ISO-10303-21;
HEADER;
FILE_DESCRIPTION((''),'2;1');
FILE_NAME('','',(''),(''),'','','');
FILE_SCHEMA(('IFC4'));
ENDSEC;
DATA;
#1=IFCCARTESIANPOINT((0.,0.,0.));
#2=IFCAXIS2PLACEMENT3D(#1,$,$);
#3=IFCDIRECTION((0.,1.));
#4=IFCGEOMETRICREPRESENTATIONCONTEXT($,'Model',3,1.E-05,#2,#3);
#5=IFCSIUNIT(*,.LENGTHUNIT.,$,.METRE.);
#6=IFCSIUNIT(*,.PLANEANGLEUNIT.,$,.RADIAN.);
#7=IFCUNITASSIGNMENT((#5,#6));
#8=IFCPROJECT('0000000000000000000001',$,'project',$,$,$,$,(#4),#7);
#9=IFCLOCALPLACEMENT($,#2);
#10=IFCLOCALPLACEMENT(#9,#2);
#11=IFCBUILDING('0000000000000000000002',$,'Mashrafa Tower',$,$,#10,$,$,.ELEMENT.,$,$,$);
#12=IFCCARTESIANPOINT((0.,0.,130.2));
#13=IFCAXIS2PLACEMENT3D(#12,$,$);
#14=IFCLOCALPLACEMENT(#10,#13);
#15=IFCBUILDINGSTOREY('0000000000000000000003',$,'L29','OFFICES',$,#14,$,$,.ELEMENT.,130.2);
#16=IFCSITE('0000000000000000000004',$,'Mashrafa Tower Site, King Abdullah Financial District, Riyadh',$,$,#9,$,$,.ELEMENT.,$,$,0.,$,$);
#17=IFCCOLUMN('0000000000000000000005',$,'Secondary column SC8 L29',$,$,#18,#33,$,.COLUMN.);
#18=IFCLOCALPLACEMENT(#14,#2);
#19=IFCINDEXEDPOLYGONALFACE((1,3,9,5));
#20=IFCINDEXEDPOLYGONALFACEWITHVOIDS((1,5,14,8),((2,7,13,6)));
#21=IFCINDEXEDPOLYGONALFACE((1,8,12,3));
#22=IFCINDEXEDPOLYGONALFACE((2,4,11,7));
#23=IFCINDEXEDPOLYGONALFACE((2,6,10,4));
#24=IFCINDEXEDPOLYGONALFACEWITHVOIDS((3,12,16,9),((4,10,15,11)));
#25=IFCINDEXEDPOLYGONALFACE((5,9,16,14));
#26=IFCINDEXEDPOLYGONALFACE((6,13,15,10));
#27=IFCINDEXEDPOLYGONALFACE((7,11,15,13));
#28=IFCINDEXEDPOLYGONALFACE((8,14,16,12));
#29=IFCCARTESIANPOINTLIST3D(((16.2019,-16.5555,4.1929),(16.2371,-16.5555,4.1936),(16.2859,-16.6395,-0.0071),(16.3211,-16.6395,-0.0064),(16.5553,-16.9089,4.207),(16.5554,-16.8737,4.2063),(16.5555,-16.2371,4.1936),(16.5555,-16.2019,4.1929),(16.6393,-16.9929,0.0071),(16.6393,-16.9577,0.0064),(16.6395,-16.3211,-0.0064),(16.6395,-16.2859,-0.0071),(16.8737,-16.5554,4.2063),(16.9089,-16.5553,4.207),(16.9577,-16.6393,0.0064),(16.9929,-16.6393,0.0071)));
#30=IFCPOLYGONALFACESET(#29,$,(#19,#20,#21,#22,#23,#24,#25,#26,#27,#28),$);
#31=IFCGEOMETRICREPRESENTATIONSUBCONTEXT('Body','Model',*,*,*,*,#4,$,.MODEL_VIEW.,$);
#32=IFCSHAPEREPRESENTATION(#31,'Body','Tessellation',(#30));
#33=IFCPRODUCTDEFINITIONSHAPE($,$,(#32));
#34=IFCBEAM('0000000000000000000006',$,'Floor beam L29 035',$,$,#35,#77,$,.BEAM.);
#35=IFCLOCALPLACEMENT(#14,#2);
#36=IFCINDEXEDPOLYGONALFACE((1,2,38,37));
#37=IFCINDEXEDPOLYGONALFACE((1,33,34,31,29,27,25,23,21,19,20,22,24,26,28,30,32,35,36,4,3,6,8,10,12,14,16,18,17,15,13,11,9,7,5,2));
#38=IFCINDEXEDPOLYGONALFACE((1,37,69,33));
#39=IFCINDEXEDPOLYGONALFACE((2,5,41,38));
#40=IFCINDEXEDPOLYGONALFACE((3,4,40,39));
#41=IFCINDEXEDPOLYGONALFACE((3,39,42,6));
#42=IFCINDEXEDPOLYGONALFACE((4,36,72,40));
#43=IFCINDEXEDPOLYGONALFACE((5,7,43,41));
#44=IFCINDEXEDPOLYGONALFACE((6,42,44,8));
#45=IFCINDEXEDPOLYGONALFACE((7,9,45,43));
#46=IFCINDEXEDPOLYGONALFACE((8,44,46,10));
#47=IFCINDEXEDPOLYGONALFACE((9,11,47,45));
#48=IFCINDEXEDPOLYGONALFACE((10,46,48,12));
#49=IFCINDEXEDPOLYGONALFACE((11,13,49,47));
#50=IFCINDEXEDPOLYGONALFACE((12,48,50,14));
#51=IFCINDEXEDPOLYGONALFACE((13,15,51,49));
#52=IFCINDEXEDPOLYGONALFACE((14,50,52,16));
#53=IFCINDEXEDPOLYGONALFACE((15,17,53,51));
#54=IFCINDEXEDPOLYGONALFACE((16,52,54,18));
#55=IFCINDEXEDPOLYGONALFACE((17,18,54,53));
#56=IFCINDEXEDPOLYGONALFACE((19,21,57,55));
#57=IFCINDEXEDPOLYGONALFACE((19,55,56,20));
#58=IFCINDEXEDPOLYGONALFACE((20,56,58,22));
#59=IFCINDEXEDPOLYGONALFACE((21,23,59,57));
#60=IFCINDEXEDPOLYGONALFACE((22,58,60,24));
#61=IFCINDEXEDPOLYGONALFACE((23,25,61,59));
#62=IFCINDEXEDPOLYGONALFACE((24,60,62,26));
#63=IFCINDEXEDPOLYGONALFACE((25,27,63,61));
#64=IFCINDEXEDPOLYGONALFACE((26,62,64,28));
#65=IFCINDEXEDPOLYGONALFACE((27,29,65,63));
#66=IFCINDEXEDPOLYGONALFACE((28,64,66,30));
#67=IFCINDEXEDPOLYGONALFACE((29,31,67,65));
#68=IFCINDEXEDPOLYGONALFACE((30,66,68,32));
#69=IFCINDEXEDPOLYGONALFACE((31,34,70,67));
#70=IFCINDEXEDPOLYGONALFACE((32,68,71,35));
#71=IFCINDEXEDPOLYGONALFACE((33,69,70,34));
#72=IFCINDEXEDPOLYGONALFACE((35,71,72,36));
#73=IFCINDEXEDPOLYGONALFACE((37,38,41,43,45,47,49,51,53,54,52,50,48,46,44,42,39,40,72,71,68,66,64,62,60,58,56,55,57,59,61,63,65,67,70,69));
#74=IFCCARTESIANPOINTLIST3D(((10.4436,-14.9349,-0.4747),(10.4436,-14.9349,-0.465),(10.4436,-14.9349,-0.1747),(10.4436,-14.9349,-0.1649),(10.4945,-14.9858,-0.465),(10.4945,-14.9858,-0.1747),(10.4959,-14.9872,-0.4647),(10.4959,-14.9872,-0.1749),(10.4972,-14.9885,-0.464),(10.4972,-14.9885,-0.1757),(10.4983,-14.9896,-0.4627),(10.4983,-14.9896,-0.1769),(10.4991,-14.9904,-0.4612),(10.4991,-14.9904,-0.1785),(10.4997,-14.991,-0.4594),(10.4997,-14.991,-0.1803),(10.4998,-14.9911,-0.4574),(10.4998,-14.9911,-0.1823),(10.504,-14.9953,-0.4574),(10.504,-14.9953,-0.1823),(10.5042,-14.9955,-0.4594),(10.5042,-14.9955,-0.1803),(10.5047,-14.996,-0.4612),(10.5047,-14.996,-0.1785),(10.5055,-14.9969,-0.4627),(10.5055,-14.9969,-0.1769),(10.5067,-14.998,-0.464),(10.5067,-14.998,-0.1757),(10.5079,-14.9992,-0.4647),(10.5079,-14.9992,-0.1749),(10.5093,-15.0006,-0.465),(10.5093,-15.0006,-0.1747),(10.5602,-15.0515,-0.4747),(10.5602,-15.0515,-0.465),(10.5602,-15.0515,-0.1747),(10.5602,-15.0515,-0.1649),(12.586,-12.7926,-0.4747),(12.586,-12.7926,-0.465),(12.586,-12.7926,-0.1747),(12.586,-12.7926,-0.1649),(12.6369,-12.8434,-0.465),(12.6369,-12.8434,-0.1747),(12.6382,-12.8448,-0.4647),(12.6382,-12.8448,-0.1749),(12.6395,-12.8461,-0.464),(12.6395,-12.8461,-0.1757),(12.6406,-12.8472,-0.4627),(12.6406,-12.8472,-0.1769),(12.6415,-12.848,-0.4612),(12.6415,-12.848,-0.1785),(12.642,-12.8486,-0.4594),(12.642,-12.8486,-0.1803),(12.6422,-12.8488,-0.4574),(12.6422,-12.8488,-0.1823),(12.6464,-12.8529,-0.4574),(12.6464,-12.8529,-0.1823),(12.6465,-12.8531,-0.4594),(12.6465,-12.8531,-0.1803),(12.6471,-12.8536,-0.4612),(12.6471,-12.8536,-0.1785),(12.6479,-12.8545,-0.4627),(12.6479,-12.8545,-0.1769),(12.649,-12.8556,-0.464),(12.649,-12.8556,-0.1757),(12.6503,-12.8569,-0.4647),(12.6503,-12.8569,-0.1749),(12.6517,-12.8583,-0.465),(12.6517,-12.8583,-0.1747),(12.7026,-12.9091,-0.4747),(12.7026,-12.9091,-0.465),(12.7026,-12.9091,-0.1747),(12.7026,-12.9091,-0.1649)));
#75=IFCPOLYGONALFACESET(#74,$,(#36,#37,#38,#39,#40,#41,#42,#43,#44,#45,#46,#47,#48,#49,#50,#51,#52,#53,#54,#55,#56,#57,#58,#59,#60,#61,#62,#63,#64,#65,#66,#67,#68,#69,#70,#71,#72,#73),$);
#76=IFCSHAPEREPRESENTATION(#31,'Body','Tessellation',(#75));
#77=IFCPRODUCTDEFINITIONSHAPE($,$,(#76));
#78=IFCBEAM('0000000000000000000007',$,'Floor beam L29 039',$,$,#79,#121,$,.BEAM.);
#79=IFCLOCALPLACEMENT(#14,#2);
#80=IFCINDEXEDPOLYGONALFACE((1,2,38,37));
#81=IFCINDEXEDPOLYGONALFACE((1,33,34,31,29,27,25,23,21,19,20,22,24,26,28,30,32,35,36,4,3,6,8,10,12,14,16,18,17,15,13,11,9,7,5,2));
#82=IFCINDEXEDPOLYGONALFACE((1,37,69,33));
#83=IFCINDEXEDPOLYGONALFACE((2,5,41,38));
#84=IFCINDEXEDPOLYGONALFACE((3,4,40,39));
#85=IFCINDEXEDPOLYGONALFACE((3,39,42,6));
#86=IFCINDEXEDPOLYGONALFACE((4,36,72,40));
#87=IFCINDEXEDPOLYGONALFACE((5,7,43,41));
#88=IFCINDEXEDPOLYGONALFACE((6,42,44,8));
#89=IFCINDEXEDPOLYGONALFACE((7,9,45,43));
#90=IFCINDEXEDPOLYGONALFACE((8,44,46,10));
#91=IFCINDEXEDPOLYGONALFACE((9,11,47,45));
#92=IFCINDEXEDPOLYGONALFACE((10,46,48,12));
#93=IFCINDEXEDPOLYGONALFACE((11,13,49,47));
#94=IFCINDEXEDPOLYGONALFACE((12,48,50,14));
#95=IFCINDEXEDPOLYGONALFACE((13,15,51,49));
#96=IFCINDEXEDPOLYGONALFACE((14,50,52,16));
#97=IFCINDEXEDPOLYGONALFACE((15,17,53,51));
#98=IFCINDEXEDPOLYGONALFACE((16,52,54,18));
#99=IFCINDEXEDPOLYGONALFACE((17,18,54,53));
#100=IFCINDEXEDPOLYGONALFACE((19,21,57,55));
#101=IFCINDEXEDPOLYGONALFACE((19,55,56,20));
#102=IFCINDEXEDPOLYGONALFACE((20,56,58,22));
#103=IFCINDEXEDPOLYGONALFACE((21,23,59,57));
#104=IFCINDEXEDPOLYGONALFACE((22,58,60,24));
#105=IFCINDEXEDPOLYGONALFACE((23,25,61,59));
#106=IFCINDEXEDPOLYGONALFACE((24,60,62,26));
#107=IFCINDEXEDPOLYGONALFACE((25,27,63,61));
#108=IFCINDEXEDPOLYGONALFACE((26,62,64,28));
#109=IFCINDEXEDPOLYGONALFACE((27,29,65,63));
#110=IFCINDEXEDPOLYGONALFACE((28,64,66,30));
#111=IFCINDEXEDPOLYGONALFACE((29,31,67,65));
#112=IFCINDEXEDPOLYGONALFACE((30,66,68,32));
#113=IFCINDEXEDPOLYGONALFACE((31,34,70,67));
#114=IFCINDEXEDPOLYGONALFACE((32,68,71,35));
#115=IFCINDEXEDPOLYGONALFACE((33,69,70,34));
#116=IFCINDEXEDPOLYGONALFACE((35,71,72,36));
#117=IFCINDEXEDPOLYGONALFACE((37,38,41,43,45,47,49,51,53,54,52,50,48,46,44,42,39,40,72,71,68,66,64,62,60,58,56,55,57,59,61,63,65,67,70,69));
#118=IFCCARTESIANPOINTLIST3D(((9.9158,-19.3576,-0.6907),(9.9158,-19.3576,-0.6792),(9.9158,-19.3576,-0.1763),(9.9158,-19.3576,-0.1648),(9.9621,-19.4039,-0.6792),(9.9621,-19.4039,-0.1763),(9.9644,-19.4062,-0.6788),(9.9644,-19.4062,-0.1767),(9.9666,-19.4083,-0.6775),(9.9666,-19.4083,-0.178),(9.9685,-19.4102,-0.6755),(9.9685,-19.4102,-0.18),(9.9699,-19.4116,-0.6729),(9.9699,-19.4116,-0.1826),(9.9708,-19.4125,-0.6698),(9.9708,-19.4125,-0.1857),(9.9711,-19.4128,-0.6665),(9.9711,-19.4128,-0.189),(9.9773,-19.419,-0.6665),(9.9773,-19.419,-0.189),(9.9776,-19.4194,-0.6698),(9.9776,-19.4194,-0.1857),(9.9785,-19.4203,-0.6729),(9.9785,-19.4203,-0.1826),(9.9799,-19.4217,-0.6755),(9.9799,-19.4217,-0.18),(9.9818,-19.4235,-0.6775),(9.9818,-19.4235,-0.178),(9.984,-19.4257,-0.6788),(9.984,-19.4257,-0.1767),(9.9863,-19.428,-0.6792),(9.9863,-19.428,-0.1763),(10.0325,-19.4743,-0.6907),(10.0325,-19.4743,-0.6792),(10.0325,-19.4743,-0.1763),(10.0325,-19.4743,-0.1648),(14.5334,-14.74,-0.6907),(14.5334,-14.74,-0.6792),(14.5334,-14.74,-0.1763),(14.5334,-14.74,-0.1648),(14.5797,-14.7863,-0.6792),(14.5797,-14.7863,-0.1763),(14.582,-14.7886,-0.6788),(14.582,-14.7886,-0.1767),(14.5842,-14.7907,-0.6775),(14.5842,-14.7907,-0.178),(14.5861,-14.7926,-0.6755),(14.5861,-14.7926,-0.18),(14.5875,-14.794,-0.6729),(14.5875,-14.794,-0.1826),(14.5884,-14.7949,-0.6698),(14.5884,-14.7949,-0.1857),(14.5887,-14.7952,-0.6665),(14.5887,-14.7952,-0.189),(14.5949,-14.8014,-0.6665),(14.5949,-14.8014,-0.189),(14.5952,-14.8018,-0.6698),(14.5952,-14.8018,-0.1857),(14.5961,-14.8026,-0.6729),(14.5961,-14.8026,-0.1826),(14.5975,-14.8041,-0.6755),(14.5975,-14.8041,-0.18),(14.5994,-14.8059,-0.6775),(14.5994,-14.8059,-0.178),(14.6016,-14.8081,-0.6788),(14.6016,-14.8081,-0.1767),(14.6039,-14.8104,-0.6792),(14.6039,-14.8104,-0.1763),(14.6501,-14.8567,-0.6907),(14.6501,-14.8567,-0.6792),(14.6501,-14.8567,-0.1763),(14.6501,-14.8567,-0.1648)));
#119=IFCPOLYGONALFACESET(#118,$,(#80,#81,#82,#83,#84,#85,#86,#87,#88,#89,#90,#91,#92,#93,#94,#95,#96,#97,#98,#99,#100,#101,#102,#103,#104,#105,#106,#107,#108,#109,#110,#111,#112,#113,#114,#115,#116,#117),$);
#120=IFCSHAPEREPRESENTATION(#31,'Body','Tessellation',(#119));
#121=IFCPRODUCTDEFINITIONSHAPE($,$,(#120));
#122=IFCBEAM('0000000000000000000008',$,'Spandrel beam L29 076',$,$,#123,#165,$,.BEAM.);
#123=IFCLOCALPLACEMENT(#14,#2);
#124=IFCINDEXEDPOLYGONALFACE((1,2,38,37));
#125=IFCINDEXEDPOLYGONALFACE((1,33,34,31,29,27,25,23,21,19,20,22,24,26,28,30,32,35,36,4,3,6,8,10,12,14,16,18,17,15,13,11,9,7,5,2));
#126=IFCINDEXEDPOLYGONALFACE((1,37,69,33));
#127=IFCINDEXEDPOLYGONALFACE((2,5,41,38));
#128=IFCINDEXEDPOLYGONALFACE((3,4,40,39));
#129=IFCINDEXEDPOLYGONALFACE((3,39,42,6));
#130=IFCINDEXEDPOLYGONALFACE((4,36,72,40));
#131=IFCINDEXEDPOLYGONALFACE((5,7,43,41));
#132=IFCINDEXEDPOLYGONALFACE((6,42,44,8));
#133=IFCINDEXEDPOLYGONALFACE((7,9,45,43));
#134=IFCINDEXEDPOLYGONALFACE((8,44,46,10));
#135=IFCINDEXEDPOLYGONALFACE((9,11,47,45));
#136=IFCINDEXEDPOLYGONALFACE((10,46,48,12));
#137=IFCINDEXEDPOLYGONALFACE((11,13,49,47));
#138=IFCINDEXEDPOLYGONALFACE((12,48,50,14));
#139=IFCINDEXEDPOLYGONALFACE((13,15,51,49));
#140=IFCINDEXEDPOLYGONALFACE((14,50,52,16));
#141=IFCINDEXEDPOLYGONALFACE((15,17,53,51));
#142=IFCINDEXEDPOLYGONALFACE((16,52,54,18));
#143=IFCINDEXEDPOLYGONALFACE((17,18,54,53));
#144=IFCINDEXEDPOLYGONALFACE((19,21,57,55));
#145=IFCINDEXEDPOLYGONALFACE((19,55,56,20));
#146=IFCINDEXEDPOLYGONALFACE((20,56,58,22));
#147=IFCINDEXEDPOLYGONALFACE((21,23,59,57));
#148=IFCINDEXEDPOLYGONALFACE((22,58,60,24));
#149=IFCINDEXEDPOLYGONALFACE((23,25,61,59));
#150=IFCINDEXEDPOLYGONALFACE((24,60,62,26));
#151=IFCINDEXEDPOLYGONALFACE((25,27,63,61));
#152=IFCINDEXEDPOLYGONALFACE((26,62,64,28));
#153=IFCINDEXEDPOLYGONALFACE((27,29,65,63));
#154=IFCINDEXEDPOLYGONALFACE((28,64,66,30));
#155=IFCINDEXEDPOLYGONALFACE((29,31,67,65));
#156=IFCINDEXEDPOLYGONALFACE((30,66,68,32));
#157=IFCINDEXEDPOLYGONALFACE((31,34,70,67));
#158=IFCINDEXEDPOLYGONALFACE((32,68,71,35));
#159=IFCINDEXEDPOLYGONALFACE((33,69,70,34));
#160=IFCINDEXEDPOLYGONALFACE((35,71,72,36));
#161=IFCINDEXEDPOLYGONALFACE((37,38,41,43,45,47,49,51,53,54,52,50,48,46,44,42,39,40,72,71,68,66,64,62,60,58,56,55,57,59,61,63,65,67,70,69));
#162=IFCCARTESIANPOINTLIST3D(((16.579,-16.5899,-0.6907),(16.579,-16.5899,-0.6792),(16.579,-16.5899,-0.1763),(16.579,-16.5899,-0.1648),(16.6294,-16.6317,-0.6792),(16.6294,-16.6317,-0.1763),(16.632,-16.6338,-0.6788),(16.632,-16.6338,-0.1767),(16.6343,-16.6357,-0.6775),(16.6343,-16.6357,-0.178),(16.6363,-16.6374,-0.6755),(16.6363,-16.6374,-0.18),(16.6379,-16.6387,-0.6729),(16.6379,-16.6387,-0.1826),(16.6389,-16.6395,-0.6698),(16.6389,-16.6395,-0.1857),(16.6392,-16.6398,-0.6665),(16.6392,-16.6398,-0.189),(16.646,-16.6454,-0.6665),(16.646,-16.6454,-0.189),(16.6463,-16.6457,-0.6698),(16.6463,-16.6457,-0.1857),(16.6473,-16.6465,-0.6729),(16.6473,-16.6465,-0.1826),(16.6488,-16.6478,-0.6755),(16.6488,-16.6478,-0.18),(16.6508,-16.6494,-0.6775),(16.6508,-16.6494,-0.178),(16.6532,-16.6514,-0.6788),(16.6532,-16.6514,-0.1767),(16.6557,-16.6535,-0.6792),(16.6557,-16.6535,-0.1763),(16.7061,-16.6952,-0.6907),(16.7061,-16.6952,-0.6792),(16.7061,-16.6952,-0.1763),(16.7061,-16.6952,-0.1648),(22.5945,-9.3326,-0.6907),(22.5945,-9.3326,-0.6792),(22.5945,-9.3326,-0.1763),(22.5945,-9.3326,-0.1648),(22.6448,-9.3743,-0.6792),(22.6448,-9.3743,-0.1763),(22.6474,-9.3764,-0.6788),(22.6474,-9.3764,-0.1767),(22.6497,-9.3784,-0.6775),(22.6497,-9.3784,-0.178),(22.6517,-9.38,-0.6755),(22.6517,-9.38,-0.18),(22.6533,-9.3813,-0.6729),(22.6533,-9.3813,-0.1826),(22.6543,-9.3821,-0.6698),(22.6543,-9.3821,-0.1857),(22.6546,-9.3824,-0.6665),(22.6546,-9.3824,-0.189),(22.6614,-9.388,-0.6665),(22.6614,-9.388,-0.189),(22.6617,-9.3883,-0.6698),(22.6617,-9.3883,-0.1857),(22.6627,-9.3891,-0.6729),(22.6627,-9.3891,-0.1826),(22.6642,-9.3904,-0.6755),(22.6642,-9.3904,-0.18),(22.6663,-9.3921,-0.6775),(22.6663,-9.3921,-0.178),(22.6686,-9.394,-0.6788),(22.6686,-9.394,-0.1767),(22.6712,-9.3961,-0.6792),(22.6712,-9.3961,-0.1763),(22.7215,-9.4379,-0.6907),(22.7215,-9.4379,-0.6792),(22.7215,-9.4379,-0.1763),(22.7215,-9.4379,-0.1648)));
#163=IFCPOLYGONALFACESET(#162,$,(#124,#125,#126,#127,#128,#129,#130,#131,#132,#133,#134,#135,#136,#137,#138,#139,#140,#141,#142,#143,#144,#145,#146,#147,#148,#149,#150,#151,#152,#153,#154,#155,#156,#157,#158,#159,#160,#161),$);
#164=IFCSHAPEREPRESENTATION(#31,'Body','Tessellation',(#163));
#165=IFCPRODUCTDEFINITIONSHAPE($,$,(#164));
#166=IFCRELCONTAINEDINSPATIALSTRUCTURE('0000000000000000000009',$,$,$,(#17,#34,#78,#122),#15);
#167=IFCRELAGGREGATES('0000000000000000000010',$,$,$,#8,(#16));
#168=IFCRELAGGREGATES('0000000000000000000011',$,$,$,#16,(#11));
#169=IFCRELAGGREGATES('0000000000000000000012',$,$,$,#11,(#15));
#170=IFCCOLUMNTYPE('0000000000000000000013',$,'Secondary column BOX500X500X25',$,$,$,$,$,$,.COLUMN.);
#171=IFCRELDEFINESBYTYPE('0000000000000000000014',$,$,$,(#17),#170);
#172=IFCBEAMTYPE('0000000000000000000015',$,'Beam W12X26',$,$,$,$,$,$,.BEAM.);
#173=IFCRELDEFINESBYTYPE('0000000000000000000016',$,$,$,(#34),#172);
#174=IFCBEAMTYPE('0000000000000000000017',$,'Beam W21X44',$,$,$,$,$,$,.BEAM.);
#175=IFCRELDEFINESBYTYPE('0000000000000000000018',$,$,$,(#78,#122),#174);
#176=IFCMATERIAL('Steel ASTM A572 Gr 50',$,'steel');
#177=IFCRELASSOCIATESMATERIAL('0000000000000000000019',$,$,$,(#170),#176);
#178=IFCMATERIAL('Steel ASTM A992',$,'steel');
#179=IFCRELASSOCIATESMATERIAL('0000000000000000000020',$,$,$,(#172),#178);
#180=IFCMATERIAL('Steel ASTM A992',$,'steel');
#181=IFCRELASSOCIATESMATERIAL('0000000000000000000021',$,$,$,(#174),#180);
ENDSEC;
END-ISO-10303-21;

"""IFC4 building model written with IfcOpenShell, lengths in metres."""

from ifc_helpers import new_model, si_unit, direction, frame, origin, origin_2d, place, context, subcontext, project, spatial, hollow_rectangle, i_section, extrude, material, material_profile, profile_set, type_object, element, save


model = new_model("IFC4")

# Units and contexts
model_context = context("Model", 3, precision=1e-05, world=origin(), true_north=direction((0.0, 1.0)))
body_context = subcontext(model_context, "Body", "Model", "MODEL_VIEW")
ifc_project = project(units=[si_unit("LENGTHUNIT", "METRE"), si_unit("PLANEANGLEUNIT", "RADIAN")], contexts=[model_context])

# Site, building, storey
site_placement = place(None, origin())
site = spatial("IfcSite", under=ifc_project, at=site_placement, Name="Mashrafa Tower Site, King Abdullah Financial District, Riyadh", CompositionType="ELEMENT", RefElevation=0.0)
building_placement = place(site_placement, origin())
building = spatial("IfcBuilding", under=site, at=building_placement, Name="Mashrafa Tower", CompositionType="ELEMENT")
storey_placement = place(building_placement, frame((0.0, 0.0, 130.2)))
storey = spatial("IfcBuildingStorey", under=building, at=storey_placement, Name="L29", Description="OFFICES", CompositionType="ELEMENT", Elevation=130.2)

# Column
ifc_material_1 = material(Name="Steel ASTM A572 Gr 50", Category="steel")
ifc_material_profile_1 = material_profile(ifc_material_1, hollow_rectangle(XDim=0.5, YDim=0.5, WallThickness=0.0249, at=origin_2d()), Name="BOX500X500X25")
ifc_profile_set_1 = profile_set([ifc_material_profile_1], Name="Steel ASTM A572 Gr 50")
column_type = type_object("IfcColumnType", Name="Secondary column BOX500X500X25", PredefinedType="COLUMN", material=ifc_profile_set_1)
column_placement = place(storey_placement, frame((16.6394, -16.6394, 0.0), z_axis=(-0.019989, 0.019989, 0.9996), x_axis=(-0.707107, -0.707107, 0.0)))
element("IfcColumn", 1, at=column_placement, inside=storey, type_object=column_type, Name="Secondary column SC8 L29", PredefinedType="COLUMN", context=body_context, shape_type="SweptSolid", body=[
    extrude(hollow_rectangle(XDim=0.5, YDim=0.5, WallThickness=0.0249, at=origin_2d()), origin(), (0.0, 0.0, 1.0), 4.2017),
])

# Beams
ifc_material_2 = material(Name="Steel ASTM A992", Category="steel")
ifc_material_profile_2 = material_profile(ifc_material_2, i_section(OverallWidth=0.1648, OverallDepth=0.3098, WebThickness=0.0059, FlangeThickness=0.0098, FilletRadius=0.0076, at=origin_2d()), Name="W12X26")
ifc_profile_set_2 = profile_set([ifc_material_profile_2], Name="Steel ASTM A992")
beam_type_1 = type_object("IfcBeamType", Name="Beam W12X26", PredefinedType="BEAM", material=ifc_profile_set_2)
beam_1_placement = place(storey_placement, frame((12.6443, -12.8508, -0.3198), z_axis=(-0.707107, -0.707107, 0.0), x_axis=(0.707107, -0.707107, 0.0)))
element("IfcBeam", 2, at=beam_1_placement, inside=storey, type_object=beam_type_1, Name="Floor beam L29 035", PredefinedType="BEAM", context=body_context, shape_type="SweptSolid", body=[
    extrude(i_section(OverallWidth=0.1648, OverallDepth=0.3098, WebThickness=0.0059, FlangeThickness=0.0098, FilletRadius=0.0076, at=origin_2d()), origin(), (0.0, 0.0, 1.0), 3.0298),
])
ifc_material_3 = material(Name="Steel ASTM A992", Category="steel")
ifc_material_profile_3 = material_profile(ifc_material_3, i_section(OverallWidth=0.165, OverallDepth=0.5259, WebThickness=0.0088, FlangeThickness=0.0115, FilletRadius=0.0127, at=origin_2d()), Name="W21X44")
ifc_profile_set_3 = profile_set([ifc_material_profile_3], Name="Steel ASTM A992")
beam_type_2 = type_object("IfcBeamType", Name="Beam W21X44", PredefinedType="BEAM", material=ifc_profile_set_3)
beam_2_placement = place(storey_placement, frame((14.5918, -14.7983, -0.4277), z_axis=(-0.707107, -0.707107, 0.0), x_axis=(0.707107, -0.707107, 0.0)))
element("IfcBeam", 3, at=beam_2_placement, inside=storey, type_object=beam_type_2, Name="Floor beam L29 039", PredefinedType="BEAM", context=body_context, shape_type="SweptSolid", body=[
    extrude(i_section(OverallWidth=0.165, OverallDepth=0.5259, WebThickness=0.0088, FlangeThickness=0.0115, FilletRadius=0.0127, at=origin_2d()), origin(), (0.0, 0.0, 1.0), 6.5303),
])
beam_3_placement = place(storey_placement, frame((16.6426, -16.6426, -0.4277), z_axis=(0.638154, 0.769908, 0.0), x_axis=(-0.769908, 0.638154, 0.0)))
element("IfcBeam", 4, at=beam_3_placement, inside=storey, type_object=beam_type_2, Name="Spandrel beam L29 076", PredefinedType="BEAM", context=body_context, shape_type="SweptSolid", body=[
    extrude(i_section(OverallWidth=0.165, OverallDepth=0.5259, WebThickness=0.0088, FlangeThickness=0.0115, FilletRadius=0.0127, at=origin_2d()), origin(), (0.0, 0.0, 1.0), 9.4263),
])

save(model, "model.ifc")
